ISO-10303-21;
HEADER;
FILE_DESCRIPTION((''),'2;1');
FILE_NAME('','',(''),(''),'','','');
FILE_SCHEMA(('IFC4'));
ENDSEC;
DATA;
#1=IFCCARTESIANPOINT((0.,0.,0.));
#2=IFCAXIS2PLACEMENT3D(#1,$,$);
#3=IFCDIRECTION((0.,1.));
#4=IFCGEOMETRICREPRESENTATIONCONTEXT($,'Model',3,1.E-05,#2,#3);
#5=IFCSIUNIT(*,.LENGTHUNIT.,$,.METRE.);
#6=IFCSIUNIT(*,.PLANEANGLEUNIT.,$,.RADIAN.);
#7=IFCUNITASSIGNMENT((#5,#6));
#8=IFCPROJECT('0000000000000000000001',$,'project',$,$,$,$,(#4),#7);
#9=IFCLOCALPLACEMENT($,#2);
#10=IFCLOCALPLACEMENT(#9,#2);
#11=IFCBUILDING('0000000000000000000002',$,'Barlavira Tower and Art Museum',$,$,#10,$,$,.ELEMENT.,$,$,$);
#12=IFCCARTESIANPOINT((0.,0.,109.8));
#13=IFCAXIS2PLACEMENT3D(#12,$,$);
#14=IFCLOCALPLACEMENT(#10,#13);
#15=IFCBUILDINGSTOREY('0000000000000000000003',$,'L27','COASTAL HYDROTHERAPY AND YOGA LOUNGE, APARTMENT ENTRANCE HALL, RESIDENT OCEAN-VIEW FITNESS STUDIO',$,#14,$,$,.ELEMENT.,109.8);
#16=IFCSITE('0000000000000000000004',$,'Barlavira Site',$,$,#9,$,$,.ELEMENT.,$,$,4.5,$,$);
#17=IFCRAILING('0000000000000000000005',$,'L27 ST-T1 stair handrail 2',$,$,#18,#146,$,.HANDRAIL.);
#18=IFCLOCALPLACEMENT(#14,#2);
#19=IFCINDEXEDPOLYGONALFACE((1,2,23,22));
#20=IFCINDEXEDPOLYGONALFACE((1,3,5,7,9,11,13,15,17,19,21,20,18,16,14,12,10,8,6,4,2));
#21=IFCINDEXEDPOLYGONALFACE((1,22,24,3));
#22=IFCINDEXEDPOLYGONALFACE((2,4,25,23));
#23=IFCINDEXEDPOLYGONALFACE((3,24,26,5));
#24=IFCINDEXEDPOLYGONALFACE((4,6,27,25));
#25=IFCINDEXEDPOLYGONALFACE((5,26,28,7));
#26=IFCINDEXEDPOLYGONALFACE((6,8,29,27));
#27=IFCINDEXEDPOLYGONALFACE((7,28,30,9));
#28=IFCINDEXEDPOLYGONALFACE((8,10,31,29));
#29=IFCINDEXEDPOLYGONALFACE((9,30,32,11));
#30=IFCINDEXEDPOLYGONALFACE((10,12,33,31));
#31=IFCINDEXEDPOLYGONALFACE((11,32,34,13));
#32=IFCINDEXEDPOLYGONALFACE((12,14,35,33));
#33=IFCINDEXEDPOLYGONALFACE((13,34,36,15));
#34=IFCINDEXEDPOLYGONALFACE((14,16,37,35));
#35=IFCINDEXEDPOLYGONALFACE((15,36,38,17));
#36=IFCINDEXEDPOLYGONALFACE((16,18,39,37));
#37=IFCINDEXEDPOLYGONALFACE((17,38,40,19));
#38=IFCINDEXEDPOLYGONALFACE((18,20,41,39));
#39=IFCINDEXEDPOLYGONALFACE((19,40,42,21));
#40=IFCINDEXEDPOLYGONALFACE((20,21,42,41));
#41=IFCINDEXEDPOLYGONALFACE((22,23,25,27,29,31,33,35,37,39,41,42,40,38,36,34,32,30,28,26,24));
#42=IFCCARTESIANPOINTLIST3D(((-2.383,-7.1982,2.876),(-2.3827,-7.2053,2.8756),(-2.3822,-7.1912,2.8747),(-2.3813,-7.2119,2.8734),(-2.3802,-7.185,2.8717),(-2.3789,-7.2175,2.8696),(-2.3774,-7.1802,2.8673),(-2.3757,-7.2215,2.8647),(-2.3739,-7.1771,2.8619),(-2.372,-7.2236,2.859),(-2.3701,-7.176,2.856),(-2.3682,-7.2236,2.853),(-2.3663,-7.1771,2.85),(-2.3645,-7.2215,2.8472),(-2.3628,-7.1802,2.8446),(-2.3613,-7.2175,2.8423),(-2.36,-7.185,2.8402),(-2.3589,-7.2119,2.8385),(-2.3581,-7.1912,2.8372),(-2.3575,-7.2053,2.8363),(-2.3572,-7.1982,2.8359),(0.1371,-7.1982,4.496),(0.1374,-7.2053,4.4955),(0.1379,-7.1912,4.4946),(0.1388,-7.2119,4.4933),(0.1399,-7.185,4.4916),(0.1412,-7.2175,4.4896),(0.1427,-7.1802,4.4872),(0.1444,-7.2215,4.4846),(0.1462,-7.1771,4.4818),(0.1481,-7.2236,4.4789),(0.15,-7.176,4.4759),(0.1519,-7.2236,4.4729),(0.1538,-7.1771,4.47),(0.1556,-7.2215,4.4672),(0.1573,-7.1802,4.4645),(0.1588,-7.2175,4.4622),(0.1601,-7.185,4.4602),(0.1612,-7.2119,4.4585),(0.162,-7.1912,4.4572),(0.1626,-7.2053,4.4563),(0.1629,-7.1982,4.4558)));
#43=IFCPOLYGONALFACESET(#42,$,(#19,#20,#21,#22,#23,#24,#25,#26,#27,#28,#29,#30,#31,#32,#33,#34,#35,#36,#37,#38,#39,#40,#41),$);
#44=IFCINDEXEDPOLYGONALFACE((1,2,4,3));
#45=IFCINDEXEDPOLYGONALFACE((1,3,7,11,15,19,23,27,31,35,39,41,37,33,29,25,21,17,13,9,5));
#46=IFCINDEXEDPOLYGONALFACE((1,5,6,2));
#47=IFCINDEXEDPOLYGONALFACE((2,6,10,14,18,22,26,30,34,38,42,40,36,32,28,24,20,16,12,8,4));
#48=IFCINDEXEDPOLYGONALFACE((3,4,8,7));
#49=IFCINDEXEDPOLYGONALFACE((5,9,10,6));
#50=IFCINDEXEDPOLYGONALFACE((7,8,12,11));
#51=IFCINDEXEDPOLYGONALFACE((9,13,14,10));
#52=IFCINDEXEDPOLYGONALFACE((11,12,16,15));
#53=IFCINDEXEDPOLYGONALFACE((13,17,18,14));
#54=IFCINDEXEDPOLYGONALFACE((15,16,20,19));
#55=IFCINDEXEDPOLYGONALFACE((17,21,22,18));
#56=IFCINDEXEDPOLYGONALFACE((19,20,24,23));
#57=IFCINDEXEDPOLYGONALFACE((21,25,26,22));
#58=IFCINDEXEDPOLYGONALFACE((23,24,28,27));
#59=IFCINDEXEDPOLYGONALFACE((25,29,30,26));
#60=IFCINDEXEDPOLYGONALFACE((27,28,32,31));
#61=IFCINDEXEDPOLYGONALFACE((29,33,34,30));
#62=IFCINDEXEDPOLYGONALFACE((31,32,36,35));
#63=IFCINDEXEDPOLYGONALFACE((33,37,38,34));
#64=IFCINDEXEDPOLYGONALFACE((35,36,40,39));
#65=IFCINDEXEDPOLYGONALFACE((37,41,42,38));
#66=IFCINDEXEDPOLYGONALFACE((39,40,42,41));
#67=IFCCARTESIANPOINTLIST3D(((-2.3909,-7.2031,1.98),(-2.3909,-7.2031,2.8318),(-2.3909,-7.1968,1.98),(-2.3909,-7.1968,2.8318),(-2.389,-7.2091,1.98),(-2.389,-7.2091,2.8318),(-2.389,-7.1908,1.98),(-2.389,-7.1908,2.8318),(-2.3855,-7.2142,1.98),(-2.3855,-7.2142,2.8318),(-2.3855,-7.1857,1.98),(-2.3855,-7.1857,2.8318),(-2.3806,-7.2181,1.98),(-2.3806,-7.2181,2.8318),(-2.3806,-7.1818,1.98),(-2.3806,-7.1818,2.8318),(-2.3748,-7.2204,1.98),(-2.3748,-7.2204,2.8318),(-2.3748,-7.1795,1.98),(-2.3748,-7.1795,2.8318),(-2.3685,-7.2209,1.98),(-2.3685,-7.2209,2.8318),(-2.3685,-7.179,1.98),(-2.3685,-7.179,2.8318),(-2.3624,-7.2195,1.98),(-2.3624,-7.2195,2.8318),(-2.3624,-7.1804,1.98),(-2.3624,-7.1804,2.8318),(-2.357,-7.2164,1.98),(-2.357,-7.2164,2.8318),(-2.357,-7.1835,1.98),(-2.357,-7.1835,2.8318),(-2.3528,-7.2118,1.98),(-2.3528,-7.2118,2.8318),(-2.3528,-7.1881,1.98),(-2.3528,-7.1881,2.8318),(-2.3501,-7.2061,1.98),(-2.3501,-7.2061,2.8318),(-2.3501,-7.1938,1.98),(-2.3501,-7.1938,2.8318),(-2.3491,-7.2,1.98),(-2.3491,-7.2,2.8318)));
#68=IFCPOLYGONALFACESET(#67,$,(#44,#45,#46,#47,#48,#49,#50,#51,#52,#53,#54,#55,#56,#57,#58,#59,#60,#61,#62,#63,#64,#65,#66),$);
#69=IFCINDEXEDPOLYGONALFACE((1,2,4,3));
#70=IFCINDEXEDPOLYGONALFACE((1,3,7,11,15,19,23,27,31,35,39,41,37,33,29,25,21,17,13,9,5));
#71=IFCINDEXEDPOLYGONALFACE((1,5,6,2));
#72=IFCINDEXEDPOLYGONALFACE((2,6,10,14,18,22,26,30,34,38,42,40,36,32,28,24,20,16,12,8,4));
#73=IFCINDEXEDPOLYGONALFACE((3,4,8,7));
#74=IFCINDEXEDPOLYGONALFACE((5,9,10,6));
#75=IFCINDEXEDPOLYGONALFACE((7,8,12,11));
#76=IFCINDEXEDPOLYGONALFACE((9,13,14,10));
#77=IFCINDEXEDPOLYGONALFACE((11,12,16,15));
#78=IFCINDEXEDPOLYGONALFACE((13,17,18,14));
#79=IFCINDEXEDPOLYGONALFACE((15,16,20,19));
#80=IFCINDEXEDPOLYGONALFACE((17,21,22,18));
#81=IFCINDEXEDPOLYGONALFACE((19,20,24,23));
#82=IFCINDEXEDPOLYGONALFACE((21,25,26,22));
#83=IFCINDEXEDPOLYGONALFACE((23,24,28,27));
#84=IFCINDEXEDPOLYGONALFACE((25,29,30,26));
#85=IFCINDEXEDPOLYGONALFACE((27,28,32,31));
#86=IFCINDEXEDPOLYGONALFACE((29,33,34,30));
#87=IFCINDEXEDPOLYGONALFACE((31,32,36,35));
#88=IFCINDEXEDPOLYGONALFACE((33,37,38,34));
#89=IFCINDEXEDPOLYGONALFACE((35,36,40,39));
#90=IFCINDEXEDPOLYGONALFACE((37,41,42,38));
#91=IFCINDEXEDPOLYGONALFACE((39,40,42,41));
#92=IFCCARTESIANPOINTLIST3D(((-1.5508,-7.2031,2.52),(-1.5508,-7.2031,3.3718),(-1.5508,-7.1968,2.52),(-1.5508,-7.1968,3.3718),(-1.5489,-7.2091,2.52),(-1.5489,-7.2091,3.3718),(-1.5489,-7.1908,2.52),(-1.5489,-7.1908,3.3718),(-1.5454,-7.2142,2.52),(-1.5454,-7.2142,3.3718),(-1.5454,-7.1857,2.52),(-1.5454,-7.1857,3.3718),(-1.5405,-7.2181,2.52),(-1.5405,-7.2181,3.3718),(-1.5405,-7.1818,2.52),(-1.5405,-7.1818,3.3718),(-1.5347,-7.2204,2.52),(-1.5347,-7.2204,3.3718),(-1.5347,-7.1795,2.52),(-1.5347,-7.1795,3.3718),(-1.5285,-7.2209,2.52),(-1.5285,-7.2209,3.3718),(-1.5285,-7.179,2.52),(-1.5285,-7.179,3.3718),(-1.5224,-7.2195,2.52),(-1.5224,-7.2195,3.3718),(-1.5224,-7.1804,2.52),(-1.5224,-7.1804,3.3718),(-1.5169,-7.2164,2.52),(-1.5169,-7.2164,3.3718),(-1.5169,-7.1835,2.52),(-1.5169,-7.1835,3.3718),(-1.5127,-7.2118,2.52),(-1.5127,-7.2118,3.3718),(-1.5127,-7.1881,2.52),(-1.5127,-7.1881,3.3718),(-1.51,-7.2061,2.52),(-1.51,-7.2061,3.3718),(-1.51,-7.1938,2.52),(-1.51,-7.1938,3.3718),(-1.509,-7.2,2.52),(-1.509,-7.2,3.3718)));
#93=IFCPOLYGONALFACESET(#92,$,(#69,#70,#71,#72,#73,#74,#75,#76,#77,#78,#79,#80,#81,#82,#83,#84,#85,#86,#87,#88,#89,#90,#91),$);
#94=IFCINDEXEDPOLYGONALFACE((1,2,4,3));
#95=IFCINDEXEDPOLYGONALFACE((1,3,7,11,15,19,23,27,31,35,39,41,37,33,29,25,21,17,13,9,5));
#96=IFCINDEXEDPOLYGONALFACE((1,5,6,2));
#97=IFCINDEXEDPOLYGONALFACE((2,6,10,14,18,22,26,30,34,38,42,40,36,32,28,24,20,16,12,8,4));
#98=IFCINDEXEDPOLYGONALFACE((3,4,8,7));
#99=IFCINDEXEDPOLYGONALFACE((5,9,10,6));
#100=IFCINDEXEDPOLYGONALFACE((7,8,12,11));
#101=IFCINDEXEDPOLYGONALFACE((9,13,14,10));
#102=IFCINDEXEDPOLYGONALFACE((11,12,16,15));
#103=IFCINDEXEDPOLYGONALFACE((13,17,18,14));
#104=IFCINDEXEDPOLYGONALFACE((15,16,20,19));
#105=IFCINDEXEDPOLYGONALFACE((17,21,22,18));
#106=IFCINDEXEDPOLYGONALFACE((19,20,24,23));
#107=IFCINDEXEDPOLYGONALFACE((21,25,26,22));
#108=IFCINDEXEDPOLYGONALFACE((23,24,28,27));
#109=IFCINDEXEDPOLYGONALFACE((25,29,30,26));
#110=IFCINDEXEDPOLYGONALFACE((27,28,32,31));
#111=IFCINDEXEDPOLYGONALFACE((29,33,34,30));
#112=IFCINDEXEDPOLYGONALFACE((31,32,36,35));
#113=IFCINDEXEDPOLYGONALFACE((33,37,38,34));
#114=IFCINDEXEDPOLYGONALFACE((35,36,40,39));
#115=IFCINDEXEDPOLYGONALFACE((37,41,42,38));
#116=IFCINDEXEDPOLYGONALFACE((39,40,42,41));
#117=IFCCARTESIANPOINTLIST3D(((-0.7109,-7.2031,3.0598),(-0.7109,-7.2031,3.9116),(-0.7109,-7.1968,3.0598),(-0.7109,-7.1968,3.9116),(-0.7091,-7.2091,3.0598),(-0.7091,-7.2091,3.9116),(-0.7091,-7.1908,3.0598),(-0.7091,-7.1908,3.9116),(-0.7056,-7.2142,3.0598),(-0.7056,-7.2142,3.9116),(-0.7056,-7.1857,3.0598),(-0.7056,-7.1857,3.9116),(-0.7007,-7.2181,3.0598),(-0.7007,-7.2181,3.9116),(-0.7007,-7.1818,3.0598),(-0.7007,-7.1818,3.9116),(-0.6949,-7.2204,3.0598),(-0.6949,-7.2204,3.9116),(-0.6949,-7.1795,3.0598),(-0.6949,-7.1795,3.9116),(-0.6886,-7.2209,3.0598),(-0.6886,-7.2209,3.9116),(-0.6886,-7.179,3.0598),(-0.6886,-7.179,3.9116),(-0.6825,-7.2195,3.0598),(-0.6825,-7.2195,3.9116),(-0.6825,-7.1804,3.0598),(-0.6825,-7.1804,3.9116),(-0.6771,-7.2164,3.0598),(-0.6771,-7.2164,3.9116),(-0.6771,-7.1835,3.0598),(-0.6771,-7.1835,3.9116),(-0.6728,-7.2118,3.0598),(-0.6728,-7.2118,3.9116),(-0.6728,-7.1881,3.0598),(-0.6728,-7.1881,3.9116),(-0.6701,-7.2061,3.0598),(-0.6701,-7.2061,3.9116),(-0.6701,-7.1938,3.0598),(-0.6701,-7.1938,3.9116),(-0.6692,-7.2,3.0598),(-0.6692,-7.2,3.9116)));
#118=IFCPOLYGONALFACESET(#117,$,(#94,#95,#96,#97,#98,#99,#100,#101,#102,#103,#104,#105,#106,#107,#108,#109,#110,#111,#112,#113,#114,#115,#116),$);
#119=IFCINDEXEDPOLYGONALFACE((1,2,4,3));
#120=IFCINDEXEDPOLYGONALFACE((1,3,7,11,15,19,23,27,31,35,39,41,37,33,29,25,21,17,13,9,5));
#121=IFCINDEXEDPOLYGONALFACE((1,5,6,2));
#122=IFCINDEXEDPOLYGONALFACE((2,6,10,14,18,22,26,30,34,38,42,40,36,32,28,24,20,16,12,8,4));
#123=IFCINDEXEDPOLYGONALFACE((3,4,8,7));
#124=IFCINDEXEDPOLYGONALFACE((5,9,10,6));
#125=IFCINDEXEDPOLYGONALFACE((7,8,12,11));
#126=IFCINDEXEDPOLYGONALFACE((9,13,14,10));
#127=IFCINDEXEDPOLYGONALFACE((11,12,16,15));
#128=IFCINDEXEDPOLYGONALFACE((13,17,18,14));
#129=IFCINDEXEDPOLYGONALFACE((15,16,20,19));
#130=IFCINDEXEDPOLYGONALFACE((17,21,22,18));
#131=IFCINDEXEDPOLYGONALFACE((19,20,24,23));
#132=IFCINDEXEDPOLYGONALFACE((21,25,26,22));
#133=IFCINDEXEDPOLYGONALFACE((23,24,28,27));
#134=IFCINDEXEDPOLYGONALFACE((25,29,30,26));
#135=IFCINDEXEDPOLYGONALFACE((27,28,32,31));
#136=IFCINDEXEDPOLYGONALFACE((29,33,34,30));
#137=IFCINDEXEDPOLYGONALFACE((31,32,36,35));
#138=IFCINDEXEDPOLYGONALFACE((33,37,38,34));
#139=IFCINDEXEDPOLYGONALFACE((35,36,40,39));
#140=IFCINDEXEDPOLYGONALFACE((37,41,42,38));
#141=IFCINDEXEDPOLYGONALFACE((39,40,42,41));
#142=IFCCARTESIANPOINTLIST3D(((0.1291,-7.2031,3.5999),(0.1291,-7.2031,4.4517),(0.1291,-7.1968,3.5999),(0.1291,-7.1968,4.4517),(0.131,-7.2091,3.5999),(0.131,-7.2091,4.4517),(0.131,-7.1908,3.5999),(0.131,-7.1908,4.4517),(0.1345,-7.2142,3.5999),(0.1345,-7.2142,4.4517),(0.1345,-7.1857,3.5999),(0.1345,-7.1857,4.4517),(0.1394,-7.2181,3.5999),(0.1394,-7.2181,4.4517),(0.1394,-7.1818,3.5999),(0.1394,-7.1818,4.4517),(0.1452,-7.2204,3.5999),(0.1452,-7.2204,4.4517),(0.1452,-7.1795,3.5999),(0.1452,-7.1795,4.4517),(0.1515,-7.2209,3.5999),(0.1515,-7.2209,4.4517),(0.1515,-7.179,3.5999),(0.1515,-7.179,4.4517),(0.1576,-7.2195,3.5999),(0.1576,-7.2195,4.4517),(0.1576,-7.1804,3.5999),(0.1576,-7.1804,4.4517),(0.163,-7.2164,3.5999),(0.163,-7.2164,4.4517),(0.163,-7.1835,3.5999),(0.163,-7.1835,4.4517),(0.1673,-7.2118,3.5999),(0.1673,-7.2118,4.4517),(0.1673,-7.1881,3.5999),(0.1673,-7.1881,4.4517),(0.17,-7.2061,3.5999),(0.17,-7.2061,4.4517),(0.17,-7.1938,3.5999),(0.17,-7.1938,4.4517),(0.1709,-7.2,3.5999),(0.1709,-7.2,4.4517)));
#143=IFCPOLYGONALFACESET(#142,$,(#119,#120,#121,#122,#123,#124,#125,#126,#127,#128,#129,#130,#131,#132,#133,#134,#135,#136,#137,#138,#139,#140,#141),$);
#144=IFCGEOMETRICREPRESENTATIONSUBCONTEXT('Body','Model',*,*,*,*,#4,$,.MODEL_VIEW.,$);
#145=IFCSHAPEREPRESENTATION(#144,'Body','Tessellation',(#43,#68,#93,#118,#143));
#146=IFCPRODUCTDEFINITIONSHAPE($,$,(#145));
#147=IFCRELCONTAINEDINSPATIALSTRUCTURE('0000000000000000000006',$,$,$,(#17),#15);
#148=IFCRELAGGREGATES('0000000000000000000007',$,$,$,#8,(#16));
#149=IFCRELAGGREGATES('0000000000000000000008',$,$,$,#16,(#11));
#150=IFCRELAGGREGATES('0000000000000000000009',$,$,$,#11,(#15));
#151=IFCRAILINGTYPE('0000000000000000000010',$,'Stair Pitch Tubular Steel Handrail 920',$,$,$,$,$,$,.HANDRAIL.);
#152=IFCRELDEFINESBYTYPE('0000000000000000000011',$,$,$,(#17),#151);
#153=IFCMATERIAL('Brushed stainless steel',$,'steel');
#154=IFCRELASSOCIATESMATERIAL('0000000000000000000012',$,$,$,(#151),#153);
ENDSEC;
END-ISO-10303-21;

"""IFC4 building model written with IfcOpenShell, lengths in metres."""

from ifc_helpers import new_model, si_unit, direction, frame, origin, origin_2d, place, context, subcontext, project, spatial, circle, extrude, material, type_object, element, save


model = new_model("IFC4")

# Units and contexts
model_context = context("Model", 3, precision=1e-05, world=origin(), true_north=direction((0.0, 1.0)))
body_context = subcontext(model_context, "Body", "Model", "MODEL_VIEW")
ifc_project = project(units=[si_unit("LENGTHUNIT", "METRE"), si_unit("PLANEANGLEUNIT", "RADIAN")], contexts=[model_context])

# Site, building, storey
site_placement = place(None, origin())
site = spatial("IfcSite", under=ifc_project, at=site_placement, Name="Barlavira Site", CompositionType="ELEMENT", RefElevation=4.5)
building_placement = place(site_placement, origin())
building = spatial("IfcBuilding", under=site, at=building_placement, Name="Barlavira Tower and Art Museum", CompositionType="ELEMENT")
storey_placement = place(building_placement, frame((0.0, 0.0, 109.8)))
storey = spatial("IfcBuildingStorey", under=building, at=storey_placement, Name="L27", Description="COASTAL HYDROTHERAPY AND YOGA LOUNGE, APARTMENT ENTRANCE HALL, RESIDENT OCEAN-VIEW FITNESS STUDIO", CompositionType="ELEMENT", Elevation=109.8)

# Shared definitions
ifc_material_1 = material(Name="Brushed stainless steel", Category="steel")

# Railing
railing_type_1 = type_object("IfcRailingType", Name="Stair Pitch Tubular Steel Handrail 920", PredefinedType="HANDRAIL", material=ifc_material_1)
railing_1_placement = place(storey_placement, frame((-2.3701, -7.2, 1.98)))
element("IfcRailing", 1, at=railing_1_placement, inside=storey, type_object=railing_type_1, Name="L27 ST-T1 stair handrail 2", PredefinedType="HANDRAIL", context=body_context, shape_type="SweptSolid", body=[
    extrude(circle(Radius=0.0239, at=origin_2d()), frame((0.0, 0.0, 0.876), z_axis=(0.8412, 0.0, 0.540725), x_axis=(0.0, 1.0, 0.0)), (0.0, 0.0, 1.0), 2.9958),
    extrude(circle(Radius=0.021, at=origin_2d()), origin(), (0.0, 0.0, 1.0), 0.8518),
    extrude(circle(Radius=0.021, at=origin_2d()), frame((0.8401, 0.0, 0.54)), (0.0, 0.0, 1.0), 0.8518),
    extrude(circle(Radius=0.021, at=origin_2d()), frame((1.6799, 0.0, 1.0798)), (0.0, 0.0, 1.0), 0.8518),
    extrude(circle(Radius=0.021, at=origin_2d()), frame((2.52, 0.0, 1.6199)), (0.0, 0.0, 1.0), 0.8518),
])

save(model, "model.ifc")
